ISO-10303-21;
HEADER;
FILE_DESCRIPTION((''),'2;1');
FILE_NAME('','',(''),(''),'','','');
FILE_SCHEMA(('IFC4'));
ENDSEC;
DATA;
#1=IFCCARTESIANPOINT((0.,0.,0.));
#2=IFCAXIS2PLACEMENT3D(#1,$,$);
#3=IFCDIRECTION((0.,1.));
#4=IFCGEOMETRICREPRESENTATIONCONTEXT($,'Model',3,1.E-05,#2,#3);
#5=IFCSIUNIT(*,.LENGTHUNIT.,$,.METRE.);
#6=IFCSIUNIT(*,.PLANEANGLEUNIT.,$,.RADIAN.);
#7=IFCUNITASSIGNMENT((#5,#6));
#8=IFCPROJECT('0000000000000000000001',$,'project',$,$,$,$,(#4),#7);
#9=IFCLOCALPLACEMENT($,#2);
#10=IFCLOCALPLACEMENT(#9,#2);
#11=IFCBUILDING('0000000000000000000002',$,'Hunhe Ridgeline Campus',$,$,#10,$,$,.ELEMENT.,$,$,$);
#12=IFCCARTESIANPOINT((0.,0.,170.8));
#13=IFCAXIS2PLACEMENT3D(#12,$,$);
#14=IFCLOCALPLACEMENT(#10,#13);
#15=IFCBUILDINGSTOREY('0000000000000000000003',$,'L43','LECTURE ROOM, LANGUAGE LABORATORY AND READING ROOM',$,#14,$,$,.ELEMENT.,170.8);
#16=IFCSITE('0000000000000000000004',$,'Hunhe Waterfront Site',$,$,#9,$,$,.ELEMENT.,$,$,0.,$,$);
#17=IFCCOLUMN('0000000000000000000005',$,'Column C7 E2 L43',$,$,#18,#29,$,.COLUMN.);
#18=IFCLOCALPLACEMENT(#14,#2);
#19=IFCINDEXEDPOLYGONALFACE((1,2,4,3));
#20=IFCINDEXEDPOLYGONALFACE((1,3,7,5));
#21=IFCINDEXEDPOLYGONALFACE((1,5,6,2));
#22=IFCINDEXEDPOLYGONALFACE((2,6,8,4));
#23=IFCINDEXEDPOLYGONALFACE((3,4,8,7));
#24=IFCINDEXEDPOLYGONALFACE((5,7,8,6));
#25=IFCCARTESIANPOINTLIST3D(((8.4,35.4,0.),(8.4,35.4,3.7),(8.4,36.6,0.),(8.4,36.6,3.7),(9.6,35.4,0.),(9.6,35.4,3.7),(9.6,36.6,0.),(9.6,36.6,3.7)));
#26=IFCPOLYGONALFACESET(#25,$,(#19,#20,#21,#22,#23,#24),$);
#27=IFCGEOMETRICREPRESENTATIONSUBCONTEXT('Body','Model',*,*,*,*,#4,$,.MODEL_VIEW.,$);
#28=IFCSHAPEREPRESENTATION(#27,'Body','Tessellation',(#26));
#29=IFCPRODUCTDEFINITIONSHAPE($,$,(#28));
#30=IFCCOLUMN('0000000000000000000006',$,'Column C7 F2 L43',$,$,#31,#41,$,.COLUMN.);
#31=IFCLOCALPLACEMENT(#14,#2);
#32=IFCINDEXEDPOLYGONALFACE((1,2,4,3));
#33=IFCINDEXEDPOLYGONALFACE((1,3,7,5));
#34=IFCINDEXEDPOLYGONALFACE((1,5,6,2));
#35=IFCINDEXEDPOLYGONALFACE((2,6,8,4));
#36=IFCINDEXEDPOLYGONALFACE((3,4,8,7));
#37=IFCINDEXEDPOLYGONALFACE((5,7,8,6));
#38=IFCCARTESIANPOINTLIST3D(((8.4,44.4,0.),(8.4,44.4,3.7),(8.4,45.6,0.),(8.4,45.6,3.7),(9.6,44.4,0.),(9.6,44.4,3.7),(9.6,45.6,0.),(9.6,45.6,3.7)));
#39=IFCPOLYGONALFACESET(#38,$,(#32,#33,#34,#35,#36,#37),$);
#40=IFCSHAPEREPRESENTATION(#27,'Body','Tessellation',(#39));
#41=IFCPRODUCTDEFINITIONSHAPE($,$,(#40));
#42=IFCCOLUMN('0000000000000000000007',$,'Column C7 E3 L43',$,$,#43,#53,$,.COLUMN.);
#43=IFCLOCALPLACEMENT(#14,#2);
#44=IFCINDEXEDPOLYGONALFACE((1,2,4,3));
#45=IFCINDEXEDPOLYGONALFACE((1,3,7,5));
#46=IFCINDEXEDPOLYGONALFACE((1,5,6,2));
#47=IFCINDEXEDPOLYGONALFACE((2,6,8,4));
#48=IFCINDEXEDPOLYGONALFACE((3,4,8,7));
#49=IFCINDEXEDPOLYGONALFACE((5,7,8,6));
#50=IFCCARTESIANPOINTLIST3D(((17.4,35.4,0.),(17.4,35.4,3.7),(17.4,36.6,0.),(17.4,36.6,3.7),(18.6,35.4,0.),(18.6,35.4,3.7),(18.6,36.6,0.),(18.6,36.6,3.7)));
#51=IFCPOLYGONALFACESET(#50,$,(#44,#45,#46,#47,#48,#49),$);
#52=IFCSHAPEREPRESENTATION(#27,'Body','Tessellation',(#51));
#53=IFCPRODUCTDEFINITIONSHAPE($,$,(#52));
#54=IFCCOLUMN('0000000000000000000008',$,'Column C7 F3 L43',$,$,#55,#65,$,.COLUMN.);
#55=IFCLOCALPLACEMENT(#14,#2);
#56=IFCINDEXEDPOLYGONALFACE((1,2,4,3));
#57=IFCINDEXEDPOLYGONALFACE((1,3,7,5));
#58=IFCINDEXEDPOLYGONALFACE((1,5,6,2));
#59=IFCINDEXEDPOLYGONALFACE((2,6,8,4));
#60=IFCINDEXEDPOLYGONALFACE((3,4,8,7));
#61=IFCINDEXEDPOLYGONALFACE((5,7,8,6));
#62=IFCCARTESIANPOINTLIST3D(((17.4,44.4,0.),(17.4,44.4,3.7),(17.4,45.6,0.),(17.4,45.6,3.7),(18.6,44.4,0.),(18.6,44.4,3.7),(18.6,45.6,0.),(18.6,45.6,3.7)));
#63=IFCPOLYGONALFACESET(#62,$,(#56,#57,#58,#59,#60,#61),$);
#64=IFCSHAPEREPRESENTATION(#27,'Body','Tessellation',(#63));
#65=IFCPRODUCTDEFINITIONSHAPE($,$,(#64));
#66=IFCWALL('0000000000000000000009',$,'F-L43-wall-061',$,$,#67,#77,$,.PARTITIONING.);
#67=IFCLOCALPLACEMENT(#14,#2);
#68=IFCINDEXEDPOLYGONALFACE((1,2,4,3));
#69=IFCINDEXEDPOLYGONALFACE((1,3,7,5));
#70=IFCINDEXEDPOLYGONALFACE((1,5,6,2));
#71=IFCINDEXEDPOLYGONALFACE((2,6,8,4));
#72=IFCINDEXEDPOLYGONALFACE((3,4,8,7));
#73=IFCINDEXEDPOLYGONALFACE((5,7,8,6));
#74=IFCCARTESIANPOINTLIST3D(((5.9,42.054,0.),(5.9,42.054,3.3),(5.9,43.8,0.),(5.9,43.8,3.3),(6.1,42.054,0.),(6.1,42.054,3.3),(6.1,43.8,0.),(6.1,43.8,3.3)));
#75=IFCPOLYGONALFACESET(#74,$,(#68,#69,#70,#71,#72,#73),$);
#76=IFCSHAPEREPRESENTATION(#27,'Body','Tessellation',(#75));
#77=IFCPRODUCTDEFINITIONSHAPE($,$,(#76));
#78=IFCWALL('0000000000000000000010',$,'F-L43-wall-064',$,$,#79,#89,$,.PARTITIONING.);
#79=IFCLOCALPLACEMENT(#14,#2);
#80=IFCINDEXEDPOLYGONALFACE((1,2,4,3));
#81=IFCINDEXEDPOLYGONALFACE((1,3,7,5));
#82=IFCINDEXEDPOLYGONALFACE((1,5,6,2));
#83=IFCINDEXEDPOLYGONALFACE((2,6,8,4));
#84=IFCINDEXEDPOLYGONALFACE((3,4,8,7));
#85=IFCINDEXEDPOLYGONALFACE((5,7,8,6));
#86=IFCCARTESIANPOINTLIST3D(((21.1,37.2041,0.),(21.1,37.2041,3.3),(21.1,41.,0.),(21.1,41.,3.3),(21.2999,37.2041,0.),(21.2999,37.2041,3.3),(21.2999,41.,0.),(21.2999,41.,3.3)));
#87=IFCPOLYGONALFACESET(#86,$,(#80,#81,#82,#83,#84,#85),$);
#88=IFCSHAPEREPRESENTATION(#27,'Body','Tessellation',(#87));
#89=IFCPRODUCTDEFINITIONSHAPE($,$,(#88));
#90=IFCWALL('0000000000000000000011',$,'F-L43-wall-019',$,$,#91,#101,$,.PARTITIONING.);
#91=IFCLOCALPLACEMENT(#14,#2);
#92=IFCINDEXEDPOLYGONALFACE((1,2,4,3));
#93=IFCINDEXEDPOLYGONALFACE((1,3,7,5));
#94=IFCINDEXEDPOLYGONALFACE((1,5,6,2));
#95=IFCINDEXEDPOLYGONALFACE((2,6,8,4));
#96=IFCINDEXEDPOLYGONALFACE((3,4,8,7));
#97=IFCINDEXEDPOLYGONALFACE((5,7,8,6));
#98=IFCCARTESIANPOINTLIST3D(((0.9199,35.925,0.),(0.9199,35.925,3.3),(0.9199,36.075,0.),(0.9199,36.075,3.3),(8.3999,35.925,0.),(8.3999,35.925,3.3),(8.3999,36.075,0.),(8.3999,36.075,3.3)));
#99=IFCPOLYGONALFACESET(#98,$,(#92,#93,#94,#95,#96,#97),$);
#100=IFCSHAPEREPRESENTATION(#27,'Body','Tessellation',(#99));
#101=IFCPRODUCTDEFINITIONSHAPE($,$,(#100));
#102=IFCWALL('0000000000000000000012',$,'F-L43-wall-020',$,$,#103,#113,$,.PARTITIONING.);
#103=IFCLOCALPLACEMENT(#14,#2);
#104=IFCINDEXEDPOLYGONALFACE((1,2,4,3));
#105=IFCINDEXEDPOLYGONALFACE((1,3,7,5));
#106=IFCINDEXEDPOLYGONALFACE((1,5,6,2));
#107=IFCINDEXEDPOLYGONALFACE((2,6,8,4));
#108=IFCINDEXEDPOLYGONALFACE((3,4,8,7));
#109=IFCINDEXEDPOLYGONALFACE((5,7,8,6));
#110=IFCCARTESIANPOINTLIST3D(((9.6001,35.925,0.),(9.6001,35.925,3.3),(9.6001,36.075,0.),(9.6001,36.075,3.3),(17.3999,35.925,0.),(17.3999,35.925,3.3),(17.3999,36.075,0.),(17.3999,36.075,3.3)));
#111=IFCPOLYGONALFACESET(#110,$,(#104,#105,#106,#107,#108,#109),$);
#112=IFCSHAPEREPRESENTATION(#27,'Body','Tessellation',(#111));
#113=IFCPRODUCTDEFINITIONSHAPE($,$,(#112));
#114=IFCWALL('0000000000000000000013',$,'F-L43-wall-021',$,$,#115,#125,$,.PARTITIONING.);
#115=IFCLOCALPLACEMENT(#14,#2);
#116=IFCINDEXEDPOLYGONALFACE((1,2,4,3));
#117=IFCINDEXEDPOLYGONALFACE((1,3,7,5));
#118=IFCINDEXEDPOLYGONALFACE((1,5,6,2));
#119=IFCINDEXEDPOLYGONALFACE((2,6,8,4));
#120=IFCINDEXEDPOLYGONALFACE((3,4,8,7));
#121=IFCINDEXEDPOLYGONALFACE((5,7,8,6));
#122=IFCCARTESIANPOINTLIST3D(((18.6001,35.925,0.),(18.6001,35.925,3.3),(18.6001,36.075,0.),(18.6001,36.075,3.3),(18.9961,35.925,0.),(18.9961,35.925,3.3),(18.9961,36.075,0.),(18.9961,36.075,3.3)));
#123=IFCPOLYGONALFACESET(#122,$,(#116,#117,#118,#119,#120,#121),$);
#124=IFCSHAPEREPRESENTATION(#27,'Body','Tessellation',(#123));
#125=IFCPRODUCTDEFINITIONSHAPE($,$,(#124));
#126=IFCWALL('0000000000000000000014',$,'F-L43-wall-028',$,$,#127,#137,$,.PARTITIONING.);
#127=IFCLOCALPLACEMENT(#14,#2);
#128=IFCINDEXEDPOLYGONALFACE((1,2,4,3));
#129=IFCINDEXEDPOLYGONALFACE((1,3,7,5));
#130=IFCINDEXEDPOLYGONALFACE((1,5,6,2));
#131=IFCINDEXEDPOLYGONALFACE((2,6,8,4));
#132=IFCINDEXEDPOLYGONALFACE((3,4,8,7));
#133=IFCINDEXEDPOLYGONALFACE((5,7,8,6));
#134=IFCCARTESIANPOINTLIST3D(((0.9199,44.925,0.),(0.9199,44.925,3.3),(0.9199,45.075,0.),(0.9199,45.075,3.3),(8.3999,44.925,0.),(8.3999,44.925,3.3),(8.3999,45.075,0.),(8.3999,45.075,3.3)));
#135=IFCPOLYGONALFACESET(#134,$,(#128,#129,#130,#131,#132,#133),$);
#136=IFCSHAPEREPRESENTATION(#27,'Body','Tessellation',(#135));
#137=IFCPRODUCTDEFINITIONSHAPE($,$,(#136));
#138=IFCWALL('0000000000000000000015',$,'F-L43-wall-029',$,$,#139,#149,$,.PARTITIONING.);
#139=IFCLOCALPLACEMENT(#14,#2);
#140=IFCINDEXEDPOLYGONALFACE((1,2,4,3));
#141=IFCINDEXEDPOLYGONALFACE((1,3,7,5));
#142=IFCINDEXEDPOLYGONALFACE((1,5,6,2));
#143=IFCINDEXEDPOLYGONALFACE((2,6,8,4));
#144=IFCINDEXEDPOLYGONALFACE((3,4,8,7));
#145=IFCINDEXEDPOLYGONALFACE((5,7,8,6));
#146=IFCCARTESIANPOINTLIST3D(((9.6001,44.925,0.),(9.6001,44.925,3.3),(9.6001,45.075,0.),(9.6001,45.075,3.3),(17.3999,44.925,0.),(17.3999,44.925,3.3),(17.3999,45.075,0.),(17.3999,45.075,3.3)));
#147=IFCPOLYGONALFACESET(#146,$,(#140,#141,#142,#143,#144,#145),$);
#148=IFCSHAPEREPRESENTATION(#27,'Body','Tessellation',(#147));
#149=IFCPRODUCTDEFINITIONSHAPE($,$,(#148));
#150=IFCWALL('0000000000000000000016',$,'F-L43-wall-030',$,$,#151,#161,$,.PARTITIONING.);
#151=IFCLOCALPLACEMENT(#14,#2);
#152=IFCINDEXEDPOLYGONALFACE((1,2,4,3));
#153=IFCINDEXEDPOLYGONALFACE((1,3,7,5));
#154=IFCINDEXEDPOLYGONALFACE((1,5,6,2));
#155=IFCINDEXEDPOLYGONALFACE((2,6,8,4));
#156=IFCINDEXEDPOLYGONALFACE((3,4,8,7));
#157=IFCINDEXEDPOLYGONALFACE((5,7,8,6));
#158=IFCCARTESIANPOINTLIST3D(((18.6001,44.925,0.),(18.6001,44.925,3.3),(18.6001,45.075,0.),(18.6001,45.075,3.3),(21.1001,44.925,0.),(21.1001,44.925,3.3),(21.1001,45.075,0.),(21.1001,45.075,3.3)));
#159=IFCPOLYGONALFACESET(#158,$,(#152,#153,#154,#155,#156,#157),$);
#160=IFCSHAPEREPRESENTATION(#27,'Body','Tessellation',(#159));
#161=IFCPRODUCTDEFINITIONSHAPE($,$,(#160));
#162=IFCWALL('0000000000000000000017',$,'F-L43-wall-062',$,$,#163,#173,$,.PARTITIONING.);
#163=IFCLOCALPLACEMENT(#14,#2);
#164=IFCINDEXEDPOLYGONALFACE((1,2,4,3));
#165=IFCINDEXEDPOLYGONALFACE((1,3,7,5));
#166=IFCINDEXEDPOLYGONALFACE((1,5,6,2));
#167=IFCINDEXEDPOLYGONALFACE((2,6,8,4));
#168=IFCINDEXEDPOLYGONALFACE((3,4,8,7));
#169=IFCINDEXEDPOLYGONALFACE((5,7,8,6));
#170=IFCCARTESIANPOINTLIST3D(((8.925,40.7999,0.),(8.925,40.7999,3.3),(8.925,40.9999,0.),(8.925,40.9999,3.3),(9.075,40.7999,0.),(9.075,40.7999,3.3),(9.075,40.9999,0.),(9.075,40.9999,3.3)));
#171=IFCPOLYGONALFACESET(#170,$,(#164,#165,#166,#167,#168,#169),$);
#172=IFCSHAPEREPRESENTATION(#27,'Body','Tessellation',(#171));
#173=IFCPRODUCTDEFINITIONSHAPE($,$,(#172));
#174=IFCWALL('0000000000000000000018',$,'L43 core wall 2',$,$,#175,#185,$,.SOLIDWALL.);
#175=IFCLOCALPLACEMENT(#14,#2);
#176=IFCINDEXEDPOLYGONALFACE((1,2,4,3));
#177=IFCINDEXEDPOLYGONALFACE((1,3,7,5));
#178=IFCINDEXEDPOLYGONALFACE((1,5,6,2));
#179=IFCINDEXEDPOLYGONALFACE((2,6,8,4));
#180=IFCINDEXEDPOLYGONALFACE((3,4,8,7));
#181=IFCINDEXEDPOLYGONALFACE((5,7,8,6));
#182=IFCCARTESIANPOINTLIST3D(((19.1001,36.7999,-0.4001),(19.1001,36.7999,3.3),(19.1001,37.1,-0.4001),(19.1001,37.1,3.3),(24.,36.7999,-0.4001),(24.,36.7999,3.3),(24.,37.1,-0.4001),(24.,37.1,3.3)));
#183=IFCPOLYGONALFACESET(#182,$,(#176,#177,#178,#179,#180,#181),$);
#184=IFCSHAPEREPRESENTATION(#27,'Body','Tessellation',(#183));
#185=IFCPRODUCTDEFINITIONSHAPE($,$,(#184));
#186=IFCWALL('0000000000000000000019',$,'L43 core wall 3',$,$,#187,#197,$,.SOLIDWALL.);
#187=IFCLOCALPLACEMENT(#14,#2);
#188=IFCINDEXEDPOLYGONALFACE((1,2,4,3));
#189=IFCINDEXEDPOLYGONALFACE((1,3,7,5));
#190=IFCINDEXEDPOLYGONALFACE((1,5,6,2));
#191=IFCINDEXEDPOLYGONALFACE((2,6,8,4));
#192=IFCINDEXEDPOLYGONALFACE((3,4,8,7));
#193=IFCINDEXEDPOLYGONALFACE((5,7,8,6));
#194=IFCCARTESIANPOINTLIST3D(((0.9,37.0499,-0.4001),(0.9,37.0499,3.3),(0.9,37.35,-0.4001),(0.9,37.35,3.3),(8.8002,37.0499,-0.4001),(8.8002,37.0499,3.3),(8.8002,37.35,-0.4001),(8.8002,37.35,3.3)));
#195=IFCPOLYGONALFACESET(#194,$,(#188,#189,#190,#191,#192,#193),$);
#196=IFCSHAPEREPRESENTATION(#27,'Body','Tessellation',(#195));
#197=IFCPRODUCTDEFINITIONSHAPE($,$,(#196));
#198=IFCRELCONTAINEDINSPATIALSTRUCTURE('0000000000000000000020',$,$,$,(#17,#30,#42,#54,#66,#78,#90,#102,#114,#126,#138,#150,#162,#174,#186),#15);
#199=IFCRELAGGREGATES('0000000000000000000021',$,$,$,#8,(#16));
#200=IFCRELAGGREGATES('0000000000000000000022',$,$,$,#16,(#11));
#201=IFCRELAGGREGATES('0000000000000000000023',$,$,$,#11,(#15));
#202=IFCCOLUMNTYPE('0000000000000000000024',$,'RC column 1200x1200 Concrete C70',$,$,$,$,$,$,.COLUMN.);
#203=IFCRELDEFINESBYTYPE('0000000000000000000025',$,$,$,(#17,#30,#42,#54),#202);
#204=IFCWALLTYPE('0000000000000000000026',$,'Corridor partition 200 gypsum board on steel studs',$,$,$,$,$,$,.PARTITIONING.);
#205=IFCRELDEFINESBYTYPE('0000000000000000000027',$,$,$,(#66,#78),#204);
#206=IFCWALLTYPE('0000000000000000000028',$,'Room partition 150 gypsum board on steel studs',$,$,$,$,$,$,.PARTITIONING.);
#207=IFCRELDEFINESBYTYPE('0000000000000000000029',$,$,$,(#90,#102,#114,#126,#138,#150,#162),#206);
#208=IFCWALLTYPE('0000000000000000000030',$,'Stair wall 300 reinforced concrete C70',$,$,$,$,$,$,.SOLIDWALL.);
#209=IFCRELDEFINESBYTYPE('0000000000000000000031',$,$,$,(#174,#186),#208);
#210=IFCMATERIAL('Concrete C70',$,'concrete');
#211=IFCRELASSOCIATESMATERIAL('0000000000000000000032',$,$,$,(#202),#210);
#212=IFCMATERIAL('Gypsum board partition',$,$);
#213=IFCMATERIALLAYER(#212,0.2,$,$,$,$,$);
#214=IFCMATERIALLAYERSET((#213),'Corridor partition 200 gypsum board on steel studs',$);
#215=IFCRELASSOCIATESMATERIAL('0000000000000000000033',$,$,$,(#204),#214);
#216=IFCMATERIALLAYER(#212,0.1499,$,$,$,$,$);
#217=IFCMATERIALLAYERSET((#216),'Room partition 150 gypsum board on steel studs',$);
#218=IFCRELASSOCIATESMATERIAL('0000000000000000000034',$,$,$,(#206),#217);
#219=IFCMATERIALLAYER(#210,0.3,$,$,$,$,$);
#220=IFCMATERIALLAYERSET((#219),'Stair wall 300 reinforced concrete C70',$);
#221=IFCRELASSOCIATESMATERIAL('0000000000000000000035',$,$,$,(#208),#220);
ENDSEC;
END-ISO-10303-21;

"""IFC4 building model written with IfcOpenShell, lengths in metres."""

from ifc_helpers import new_model, si_unit, direction, frame, frame_2d, origin, origin_2d, place, context, subcontext, project, spatial, rectangle, extrude, material, layer, layer_set, material_profile, profile_set, type_object, element, save


model = new_model("IFC4")

# Units and contexts
model_context = context("Model", 3, precision=1e-05, world=origin(), true_north=direction((0.0, 1.0)))
body_context = subcontext(model_context, "Body", "Model", "MODEL_VIEW")
ifc_project = project(units=[si_unit("LENGTHUNIT", "METRE"), si_unit("PLANEANGLEUNIT", "RADIAN")], contexts=[model_context])

# Site, building, storey
site_placement = place(None, origin())
site = spatial("IfcSite", under=ifc_project, at=site_placement, Name="Hunhe Waterfront Site", CompositionType="ELEMENT", RefElevation=0.0)
building_placement = place(site_placement, origin())
building = spatial("IfcBuilding", under=site, at=building_placement, Name="Hunhe Ridgeline Campus", CompositionType="ELEMENT")
storey_placement = place(building_placement, frame((0.0, 0.0, 170.8)))
storey = spatial("IfcBuildingStorey", under=building, at=storey_placement, Name="L43", Description="LECTURE ROOM, LANGUAGE LABORATORY AND READING ROOM", CompositionType="ELEMENT", Elevation=170.8)

# Columns
ifc_material_1 = material(Name="Concrete C70", Category="concrete")
ifc_material_profile = material_profile(ifc_material_1, rectangle(XDim=1.2, YDim=1.2, at=origin_2d()))
ifc_profile_set = profile_set([ifc_material_profile], Name="Concrete C70")
column_type = type_object("IfcColumnType", Name="RC column 1200x1200 Concrete C70", PredefinedType="COLUMN", material=ifc_profile_set)
for number, where, z_axis, x_axis, name in (
    (1, (9.0, 36.0, 0.0), (0.0, 0.0, 1.0), (1.0, 0.0, 0.0), "Column C7 E2 L43"),
    (2, (9.0, 45.0, 0.0), (0.0, 0.0, 1.0), (1.0, 0.0, 0.0), "Column C7 F2 L43"),
    (3, (18.0, 36.0, 0.0), (0.0, 0.0, 1.0), (1.0, 0.0, 0.0), "Column C7 E3 L43"),
    (4, (18.0, 45.0, 0.0), (0.0, 0.0, 1.0), (1.0, 0.0, 0.0), "Column C7 F3 L43"),
):
    element("IfcColumn", number, at=place(storey_placement, frame(where, z_axis=z_axis, x_axis=x_axis)), inside=storey, type_object=column_type, Name=name, PredefinedType="COLUMN", context=body_context, shape_type="SweptSolid", body=[
        extrude(rectangle(XDim=1.2, YDim=1.2, at=origin_2d()), origin(), (0.0, 0.0, 1.0), 3.7),
    ])

# Shared definitions
ifc_material_2 = material(Name="Gypsum board partition")
ifc_layer_1 = layer(ifc_material_2, 0.2)
ifc_layer_set_1 = layer_set([ifc_layer_1], Name="Corridor partition 200 gypsum board on steel studs")
wall_type_1 = type_object("IfcWallType", Name="Corridor partition 200 gypsum board on steel studs", PredefinedType="PARTITIONING", material=ifc_layer_set_1)

# Walls
wall_1_placement = place(storey_placement, frame((6.0, 42.054, 0.0), z_axis=(0.0, 0.0, 1.0), x_axis=(0.0, 1.0, 0.0)))
element("IfcWall", 5, at=wall_1_placement, inside=storey, type_object=wall_type_1, Name="F-L43-wall-061", PredefinedType="PARTITIONING", context=body_context, shape_type="SweptSolid", body=[
    extrude(rectangle(XDim=1.7461, YDim=0.2, at=frame_2d((0.873, 0.0))), origin(), (0.0, 0.0, 1.0), 3.3),
])
wall_2_placement = place(storey_placement, frame((21.2, 37.2041, 0.0), z_axis=(0.0, 0.0, 1.0), x_axis=(0.0, 1.0, 0.0)))
element("IfcWall", 6, at=wall_2_placement, inside=storey, type_object=wall_type_1, Name="F-L43-wall-064", PredefinedType="PARTITIONING", context=body_context, shape_type="SweptSolid", body=[
    extrude(rectangle(XDim=3.7959, YDim=0.2, at=frame_2d((1.8979, 0.0))), origin(), (0.0, 0.0, 1.0), 3.3),
])

# Walls
ifc_layer_2 = layer(ifc_material_2, 0.1499)
ifc_layer_set_2 = layer_set([ifc_layer_2], Name="Room partition 150 gypsum board on steel studs")
wall_type_2 = type_object("IfcWallType", Name="Room partition 150 gypsum board on steel studs", PredefinedType="PARTITIONING", material=ifc_layer_set_2)
wall_3_placement = place(storey_placement, frame((0.9199, 36.0, 0.0), z_axis=(0.0, 0.0, 1.0), x_axis=(1.0, 0.0, 0.0)))
element("IfcWall", 7, at=wall_3_placement, inside=storey, type_object=wall_type_2, Name="F-L43-wall-019", PredefinedType="PARTITIONING", context=body_context, shape_type="SweptSolid", body=[
    extrude(rectangle(XDim=7.48, YDim=0.1499, at=frame_2d((3.74, 0.0))), origin(), (0.0, 0.0, 1.0), 3.3),
])
wall_4_placement = place(storey_placement, frame((9.6001, 36.0, 0.0), z_axis=(0.0, 0.0, 1.0), x_axis=(1.0, 0.0, 0.0)))
element("IfcWall", 8, at=wall_4_placement, inside=storey, type_object=wall_type_2, Name="F-L43-wall-020", PredefinedType="PARTITIONING", context=body_context, shape_type="SweptSolid", body=[
    extrude(rectangle(XDim=7.7998, YDim=0.1499, at=frame_2d((3.8999, 0.0))), origin(), (0.0, 0.0, 1.0), 3.3),
])
wall_5_placement = place(storey_placement, frame((18.6001, 36.0, 0.0), z_axis=(0.0, 0.0, 1.0), x_axis=(1.0, 0.0, 0.0)))
element("IfcWall", 9, at=wall_5_placement, inside=storey, type_object=wall_type_2, Name="F-L43-wall-021", PredefinedType="PARTITIONING", context=body_context, shape_type="SweptSolid", body=[
    extrude(rectangle(XDim=0.396, YDim=0.1499, at=frame_2d((0.198, 0.0))), origin(), (0.0, 0.0, 1.0), 3.3),
])
wall_6_placement = place(storey_placement, frame((0.9199, 45.0, 0.0), z_axis=(0.0, 0.0, 1.0), x_axis=(1.0, 0.0, 0.0)))
element("IfcWall", 10, at=wall_6_placement, inside=storey, type_object=wall_type_2, Name="F-L43-wall-028", PredefinedType="PARTITIONING", context=body_context, shape_type="SweptSolid", body=[
    extrude(rectangle(XDim=7.48, YDim=0.1499, at=frame_2d((3.74, 0.0))), origin(), (0.0, 0.0, 1.0), 3.3),
])
wall_7_placement = place(storey_placement, frame((9.6001, 45.0, 0.0), z_axis=(0.0, 0.0, 1.0), x_axis=(1.0, 0.0, 0.0)))
element("IfcWall", 11, at=wall_7_placement, inside=storey, type_object=wall_type_2, Name="F-L43-wall-029", PredefinedType="PARTITIONING", context=body_context, shape_type="SweptSolid", body=[
    extrude(rectangle(XDim=7.7998, YDim=0.1499, at=frame_2d((3.8999, 0.0))), origin(), (0.0, 0.0, 1.0), 3.3),
])
wall_8_placement = place(storey_placement, frame((18.6001, 45.0, 0.0), z_axis=(0.0, 0.0, 1.0), x_axis=(1.0, 0.0, 0.0)))
element("IfcWall", 12, at=wall_8_placement, inside=storey, type_object=wall_type_2, Name="F-L43-wall-030", PredefinedType="PARTITIONING", context=body_context, shape_type="SweptSolid", body=[
    extrude(rectangle(XDim=2.5, YDim=0.1499, at=frame_2d((1.25, 0.0))), origin(), (0.0, 0.0, 1.0), 3.3),
])
wall_9_placement = place(storey_placement, frame((9.0, 41.0, 0.0), z_axis=(0.0, 0.0, 1.0), x_axis=(0.0, -1.0, 0.0)))
element("IfcWall", 13, at=wall_9_placement, inside=storey, type_object=wall_type_2, Name="F-L43-wall-062", PredefinedType="PARTITIONING", context=body_context, shape_type="SweptSolid", body=[
    extrude(rectangle(XDim=0.2, YDim=0.1499, at=frame_2d((0.1001, 0.0))), origin(), (0.0, 0.0, 1.0), 3.3),
])
ifc_layer_3 = layer(ifc_material_1, 0.3)
ifc_layer_set_3 = layer_set([ifc_layer_3], Name="Stair wall 300 reinforced concrete C70")
wall_type_3 = type_object("IfcWallType", Name="Stair wall 300 reinforced concrete C70", PredefinedType="SOLIDWALL", material=ifc_layer_set_3)
wall_10_placement = place(storey_placement, frame((19.1001, 36.95, -0.4001), z_axis=(0.0, 0.0, 1.0), x_axis=(1.0, 0.0, 0.0)))
element("IfcWall", 14, at=wall_10_placement, inside=storey, type_object=wall_type_3, Name="L43 core wall 2", PredefinedType="SOLIDWALL", context=body_context, shape_type="SweptSolid", body=[
    extrude(rectangle(XDim=4.8999, YDim=0.3, at=frame_2d((2.45, 0.0))), origin(), (0.0, 0.0, 1.0), 3.7002),
])
wall_11_placement = place(storey_placement, frame((0.8999, 37.2, -0.4001), z_axis=(0.0, 0.0, 1.0), x_axis=(1.0, 0.0, 0.0)))
element("IfcWall", 15, at=wall_11_placement, inside=storey, type_object=wall_type_3, Name="L43 core wall 3", PredefinedType="SOLIDWALL", context=body_context, shape_type="SweptSolid", body=[
    extrude(rectangle(XDim=7.9001, YDim=0.3, at=frame_2d((3.9502, 0.0))), origin(), (0.0, 0.0, 1.0), 3.7002),
])

save(model, "model.ifc")
